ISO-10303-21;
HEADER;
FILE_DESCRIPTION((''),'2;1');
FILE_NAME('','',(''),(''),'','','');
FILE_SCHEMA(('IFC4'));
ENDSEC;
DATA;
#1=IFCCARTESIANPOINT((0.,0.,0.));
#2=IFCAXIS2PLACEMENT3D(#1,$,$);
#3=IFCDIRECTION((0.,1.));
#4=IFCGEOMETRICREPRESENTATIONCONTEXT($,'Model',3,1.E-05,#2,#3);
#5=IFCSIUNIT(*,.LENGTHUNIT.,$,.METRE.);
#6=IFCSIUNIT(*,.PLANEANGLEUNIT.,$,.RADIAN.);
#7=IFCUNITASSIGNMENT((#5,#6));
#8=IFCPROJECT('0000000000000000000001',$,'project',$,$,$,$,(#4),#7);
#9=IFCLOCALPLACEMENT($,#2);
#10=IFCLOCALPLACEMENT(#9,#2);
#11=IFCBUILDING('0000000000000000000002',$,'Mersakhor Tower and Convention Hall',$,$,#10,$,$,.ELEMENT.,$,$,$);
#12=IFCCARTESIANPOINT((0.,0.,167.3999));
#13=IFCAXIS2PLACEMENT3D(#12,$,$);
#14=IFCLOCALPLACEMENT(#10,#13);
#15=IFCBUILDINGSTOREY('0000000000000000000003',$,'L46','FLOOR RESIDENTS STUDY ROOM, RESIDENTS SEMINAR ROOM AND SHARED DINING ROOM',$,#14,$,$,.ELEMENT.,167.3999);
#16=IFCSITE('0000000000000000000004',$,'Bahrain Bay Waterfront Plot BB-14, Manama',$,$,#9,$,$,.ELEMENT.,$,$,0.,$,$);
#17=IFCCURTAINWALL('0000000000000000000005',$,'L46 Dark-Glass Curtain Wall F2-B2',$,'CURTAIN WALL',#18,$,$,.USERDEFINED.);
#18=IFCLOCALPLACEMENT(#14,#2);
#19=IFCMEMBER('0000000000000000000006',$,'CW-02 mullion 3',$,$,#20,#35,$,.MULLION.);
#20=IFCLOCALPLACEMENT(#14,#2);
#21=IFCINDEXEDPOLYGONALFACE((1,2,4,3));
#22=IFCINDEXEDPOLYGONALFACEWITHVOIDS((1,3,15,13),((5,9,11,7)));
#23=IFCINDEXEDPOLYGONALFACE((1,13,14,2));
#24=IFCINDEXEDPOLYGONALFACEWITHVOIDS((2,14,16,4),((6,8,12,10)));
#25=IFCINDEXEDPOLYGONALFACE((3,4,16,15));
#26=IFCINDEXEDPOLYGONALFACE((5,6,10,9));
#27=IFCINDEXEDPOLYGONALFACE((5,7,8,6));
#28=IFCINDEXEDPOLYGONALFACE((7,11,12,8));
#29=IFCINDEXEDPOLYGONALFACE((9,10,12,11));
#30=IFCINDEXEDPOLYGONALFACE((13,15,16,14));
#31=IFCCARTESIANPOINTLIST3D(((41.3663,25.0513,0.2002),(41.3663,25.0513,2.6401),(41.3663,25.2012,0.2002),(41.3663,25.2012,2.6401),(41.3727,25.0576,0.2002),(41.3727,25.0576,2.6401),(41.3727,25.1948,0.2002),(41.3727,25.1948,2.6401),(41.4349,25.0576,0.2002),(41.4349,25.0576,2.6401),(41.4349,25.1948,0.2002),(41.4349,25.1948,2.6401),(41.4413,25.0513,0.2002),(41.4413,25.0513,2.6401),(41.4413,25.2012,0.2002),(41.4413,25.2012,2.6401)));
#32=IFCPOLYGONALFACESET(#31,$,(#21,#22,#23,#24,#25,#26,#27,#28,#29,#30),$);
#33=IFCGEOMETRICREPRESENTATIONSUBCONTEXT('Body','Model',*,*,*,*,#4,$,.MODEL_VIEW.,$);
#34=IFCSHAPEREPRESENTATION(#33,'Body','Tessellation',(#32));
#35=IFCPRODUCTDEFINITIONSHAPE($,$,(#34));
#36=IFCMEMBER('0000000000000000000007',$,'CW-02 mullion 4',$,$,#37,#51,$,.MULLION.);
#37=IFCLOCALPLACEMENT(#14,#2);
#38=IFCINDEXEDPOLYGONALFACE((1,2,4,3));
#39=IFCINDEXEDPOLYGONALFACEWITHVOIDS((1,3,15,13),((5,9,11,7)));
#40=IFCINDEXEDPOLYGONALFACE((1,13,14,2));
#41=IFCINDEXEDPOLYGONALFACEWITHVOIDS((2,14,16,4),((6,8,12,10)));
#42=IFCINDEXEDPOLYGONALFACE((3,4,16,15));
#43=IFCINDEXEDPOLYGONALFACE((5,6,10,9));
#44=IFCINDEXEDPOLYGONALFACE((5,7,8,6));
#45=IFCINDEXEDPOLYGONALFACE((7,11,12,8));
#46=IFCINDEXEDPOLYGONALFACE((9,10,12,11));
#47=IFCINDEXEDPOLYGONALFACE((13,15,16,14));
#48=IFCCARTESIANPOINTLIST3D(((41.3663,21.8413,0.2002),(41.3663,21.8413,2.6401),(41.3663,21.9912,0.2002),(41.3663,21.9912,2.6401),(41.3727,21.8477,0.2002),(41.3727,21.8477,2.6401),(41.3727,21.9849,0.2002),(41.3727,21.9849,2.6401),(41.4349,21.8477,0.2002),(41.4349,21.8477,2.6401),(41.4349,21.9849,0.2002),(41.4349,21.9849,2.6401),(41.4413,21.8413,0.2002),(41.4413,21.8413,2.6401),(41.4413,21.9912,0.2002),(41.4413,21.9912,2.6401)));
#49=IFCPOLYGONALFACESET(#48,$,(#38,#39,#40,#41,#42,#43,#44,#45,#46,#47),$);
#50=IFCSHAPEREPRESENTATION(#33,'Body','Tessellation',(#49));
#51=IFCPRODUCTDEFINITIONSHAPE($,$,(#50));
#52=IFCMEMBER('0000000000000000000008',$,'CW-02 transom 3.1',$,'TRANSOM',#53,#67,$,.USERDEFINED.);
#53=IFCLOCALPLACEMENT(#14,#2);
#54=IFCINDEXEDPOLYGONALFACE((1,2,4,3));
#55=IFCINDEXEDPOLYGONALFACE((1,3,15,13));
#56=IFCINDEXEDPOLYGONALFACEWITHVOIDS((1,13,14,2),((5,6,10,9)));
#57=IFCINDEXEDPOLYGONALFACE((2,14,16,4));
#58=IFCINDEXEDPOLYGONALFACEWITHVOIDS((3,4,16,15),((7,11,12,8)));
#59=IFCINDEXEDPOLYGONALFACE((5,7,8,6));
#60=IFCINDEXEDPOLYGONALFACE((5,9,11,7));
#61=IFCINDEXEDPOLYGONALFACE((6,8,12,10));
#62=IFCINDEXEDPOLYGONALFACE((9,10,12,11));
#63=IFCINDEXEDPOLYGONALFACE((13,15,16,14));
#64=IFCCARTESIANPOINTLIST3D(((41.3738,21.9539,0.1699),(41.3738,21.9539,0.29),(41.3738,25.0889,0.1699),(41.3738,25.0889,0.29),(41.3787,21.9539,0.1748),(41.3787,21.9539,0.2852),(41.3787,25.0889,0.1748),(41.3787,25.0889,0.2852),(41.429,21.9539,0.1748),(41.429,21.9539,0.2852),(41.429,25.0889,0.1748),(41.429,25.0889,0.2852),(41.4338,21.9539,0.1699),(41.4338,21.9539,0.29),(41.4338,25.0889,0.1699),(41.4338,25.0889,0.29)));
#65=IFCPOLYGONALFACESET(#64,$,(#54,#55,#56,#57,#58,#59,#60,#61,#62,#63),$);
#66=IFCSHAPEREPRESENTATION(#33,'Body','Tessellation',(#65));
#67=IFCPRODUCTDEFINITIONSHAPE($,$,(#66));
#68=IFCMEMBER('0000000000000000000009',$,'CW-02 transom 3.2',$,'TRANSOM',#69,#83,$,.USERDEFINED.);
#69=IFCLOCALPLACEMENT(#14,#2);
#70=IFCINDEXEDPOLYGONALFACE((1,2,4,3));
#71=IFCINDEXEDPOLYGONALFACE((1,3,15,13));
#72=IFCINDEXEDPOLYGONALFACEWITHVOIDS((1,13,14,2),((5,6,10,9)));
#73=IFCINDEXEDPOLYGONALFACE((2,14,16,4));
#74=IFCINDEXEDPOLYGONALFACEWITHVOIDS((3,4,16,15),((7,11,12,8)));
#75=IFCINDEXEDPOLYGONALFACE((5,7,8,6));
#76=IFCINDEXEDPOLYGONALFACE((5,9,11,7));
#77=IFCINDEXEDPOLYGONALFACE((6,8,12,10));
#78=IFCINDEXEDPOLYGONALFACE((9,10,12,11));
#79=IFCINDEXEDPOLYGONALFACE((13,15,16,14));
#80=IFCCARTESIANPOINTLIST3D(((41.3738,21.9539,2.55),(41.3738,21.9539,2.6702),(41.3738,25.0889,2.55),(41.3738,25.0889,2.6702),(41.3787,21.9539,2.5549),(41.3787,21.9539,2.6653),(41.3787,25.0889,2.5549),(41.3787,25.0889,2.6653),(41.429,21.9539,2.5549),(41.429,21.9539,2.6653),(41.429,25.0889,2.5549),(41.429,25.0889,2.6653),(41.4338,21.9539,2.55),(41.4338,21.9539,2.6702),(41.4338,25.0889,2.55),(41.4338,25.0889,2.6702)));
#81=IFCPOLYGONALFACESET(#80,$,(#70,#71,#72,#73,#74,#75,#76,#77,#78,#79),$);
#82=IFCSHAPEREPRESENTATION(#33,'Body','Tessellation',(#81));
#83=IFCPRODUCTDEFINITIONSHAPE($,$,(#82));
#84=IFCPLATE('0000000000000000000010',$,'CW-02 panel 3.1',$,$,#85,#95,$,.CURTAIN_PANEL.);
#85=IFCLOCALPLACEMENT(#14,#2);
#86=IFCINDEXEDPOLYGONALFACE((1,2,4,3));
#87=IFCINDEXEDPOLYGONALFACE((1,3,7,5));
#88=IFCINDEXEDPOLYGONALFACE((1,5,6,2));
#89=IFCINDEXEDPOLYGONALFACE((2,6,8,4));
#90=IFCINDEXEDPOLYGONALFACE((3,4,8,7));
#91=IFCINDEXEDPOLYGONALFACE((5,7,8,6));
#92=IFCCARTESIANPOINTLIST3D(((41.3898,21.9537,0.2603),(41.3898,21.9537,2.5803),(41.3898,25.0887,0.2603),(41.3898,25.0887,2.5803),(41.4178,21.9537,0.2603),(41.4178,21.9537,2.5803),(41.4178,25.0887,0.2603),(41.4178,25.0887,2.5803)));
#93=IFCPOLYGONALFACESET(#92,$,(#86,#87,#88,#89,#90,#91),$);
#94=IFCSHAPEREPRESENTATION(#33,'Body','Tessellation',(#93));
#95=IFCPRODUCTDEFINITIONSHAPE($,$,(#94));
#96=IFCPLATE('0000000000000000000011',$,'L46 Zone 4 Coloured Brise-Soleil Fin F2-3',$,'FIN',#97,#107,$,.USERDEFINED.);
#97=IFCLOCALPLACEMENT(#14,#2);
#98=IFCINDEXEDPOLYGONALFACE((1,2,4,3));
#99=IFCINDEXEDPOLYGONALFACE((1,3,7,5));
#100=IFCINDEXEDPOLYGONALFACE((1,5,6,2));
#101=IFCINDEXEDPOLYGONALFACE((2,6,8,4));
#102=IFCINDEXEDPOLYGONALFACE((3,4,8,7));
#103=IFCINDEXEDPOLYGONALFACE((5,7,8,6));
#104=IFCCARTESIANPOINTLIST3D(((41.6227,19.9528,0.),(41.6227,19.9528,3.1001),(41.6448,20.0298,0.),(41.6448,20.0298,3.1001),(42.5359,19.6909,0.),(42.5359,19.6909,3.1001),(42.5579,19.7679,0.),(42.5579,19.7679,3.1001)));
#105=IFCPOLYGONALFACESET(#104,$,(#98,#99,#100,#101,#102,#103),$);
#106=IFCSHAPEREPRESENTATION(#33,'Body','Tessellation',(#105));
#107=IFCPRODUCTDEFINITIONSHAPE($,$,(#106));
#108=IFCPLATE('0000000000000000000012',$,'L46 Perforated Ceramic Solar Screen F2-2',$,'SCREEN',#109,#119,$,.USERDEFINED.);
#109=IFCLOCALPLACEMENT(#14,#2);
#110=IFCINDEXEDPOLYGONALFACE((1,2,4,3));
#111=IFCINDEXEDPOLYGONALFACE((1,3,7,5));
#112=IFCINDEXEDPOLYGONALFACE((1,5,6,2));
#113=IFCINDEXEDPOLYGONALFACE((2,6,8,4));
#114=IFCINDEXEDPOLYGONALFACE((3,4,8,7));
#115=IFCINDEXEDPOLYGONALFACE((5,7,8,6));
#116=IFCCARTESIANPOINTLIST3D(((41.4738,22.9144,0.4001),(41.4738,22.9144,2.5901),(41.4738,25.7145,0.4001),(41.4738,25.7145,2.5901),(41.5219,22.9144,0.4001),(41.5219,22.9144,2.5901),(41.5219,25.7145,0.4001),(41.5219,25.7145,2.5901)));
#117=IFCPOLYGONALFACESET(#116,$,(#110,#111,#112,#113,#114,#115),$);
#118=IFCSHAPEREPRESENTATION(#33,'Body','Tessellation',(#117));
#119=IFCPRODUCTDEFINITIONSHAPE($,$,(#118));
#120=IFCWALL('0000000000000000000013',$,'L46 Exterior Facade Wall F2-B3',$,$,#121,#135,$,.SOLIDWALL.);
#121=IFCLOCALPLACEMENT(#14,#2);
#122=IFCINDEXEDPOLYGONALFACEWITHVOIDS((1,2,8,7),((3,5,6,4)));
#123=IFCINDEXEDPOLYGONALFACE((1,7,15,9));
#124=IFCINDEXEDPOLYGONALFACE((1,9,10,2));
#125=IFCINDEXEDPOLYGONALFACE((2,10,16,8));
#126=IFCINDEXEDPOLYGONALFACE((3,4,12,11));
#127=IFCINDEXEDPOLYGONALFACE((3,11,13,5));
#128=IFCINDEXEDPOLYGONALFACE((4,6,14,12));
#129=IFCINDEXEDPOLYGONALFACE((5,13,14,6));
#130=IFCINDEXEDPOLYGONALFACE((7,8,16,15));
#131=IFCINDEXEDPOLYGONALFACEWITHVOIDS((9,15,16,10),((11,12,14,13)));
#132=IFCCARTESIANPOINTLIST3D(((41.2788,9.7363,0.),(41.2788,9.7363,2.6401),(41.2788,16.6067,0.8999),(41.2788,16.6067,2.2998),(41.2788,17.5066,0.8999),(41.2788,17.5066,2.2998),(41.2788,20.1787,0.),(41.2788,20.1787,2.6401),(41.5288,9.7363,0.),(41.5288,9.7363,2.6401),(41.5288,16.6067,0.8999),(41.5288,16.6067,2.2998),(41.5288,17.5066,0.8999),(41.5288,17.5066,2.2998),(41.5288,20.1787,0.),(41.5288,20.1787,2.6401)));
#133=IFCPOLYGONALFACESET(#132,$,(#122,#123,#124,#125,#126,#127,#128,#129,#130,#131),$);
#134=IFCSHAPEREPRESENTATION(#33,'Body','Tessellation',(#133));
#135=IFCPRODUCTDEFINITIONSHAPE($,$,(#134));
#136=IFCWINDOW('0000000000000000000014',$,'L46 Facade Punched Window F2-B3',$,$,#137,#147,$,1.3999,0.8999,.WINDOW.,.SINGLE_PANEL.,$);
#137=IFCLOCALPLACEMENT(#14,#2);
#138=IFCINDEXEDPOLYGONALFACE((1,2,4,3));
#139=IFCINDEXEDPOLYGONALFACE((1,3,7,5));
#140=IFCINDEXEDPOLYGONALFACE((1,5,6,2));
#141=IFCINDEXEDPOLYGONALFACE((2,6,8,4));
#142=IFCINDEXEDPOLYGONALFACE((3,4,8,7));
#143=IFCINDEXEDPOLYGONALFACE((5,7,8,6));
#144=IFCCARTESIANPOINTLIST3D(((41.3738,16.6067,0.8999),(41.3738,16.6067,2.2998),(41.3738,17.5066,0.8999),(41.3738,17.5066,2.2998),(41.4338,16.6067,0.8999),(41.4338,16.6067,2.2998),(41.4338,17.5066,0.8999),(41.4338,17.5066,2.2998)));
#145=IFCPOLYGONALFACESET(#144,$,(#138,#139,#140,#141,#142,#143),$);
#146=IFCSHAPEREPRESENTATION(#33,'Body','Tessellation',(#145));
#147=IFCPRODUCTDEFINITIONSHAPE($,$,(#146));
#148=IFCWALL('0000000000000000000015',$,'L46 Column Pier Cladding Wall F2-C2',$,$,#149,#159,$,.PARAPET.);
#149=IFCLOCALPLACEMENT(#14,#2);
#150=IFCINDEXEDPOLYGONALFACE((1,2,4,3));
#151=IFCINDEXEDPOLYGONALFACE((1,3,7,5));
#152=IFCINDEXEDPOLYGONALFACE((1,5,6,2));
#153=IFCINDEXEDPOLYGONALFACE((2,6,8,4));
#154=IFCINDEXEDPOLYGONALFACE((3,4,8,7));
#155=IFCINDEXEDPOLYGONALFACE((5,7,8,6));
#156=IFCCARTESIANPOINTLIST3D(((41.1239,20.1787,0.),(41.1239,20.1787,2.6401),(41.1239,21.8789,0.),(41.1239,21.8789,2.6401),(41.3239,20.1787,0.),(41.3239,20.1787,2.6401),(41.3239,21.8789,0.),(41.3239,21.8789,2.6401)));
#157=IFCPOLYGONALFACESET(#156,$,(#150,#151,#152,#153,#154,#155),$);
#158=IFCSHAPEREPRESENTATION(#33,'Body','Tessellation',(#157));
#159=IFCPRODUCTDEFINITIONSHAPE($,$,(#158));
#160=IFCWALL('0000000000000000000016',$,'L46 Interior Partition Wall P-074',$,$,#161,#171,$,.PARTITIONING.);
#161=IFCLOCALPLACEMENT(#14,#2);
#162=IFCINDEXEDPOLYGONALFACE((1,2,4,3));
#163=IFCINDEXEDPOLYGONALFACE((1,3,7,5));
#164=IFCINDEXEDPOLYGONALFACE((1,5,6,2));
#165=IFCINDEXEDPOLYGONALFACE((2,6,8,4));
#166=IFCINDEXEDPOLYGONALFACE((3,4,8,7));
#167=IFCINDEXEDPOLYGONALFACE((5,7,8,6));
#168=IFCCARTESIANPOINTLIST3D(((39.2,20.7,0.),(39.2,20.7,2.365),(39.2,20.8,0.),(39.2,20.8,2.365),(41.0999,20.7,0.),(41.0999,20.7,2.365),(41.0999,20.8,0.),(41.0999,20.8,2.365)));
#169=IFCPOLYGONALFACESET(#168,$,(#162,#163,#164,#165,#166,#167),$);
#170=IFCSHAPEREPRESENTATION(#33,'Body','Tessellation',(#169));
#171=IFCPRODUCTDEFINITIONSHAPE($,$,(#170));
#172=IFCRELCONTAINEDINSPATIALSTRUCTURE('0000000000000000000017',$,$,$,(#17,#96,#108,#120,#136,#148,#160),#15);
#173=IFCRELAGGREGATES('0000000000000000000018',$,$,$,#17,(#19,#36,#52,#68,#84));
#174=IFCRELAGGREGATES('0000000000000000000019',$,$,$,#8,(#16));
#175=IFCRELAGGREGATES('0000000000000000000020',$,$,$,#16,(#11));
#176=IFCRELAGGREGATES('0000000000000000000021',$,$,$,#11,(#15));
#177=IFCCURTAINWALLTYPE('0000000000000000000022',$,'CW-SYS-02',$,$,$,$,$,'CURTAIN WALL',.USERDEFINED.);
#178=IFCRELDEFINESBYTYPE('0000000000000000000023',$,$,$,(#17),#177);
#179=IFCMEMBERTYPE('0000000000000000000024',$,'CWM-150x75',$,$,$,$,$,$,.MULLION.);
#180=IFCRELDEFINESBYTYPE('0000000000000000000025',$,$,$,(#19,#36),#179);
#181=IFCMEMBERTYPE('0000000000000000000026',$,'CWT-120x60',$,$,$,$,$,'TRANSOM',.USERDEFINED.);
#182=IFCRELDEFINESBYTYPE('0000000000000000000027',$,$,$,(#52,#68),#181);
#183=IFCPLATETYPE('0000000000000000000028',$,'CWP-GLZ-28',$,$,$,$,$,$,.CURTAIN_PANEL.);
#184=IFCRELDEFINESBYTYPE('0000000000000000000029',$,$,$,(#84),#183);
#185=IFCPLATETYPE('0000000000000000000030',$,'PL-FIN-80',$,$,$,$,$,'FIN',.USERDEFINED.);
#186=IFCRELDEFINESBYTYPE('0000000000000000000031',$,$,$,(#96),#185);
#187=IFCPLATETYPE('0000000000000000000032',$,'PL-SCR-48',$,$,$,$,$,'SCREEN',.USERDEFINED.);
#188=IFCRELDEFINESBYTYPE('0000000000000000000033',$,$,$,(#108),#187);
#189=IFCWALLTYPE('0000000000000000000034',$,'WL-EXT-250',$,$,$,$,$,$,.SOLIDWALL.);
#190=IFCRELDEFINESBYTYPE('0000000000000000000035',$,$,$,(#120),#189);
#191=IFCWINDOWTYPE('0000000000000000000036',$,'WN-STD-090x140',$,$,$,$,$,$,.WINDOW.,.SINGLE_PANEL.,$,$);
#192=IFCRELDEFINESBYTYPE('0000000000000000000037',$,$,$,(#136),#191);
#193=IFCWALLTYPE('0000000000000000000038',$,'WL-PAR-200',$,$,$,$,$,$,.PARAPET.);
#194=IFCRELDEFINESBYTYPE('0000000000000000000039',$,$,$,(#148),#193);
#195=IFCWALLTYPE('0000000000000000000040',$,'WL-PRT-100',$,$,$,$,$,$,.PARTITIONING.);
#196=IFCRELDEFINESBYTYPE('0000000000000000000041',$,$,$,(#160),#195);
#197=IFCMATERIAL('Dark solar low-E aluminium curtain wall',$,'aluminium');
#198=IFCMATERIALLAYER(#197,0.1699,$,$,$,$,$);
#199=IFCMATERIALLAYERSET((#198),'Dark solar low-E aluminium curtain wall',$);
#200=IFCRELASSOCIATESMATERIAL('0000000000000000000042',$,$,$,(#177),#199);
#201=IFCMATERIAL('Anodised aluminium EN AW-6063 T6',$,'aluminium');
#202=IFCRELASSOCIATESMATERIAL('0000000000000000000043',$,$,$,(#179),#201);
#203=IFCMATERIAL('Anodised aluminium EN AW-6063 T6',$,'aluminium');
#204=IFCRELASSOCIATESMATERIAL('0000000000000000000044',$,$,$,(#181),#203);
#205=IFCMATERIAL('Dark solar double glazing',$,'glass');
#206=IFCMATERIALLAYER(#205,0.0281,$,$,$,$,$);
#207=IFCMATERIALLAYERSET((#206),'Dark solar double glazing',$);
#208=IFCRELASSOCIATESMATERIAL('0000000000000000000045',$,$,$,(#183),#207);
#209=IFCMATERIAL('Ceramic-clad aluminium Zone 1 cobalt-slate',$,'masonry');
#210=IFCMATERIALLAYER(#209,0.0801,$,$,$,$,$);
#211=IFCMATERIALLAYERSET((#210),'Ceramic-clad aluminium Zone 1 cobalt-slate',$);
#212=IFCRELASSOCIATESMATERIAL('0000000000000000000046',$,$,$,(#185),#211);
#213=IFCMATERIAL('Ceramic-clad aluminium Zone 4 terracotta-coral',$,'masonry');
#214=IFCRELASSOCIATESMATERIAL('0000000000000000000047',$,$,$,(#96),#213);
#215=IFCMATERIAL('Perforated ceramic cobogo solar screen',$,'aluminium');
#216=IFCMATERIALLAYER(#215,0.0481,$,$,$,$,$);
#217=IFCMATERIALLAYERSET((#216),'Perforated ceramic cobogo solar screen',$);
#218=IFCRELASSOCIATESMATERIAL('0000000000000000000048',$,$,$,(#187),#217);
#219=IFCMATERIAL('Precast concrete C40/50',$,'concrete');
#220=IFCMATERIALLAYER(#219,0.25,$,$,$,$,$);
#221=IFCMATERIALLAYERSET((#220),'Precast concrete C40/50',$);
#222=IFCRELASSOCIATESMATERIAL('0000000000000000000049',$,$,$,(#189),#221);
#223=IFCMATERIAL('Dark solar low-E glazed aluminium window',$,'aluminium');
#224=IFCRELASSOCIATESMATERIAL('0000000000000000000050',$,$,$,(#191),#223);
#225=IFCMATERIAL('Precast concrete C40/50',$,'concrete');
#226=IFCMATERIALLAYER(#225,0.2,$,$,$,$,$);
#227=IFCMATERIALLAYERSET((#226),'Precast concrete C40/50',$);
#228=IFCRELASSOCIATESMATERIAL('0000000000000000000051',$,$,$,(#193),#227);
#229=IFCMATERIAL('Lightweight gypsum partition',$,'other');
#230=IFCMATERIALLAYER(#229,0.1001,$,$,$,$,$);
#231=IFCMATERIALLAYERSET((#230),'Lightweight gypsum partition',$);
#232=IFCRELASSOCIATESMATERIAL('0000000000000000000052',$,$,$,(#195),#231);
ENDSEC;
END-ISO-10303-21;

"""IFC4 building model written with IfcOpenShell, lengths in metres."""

from ifc_helpers import new_model, si_unit, direction, frame, frame_2d, origin, origin_2d, place, context, subcontext, project, spatial, rectangle, hollow_rectangle, extrude, material, layer, layer_set, material_profile, profile_set, type_object, element, fill, aggregate, save


model = new_model("IFC4")

# Units and contexts
model_context = context("Model", 3, precision=1e-05, world=origin(), true_north=direction((0.0, 1.0)))
body_context = subcontext(model_context, "Body", "Model", "MODEL_VIEW")
ifc_project = project(units=[si_unit("LENGTHUNIT", "METRE"), si_unit("PLANEANGLEUNIT", "RADIAN")], contexts=[model_context])

# Site, building, storey
site_placement = place(None, origin())
site = spatial("IfcSite", under=ifc_project, at=site_placement, Name="Bahrain Bay Waterfront Plot BB-14, Manama", CompositionType="ELEMENT", RefElevation=0.0)
building_placement = place(site_placement, origin())
building = spatial("IfcBuilding", under=site, at=building_placement, Name="Mersakhor Tower and Convention Hall", CompositionType="ELEMENT")
storey_placement = place(building_placement, frame((0.0, 0.0, 167.3999)))
storey = spatial("IfcBuildingStorey", under=building, at=storey_placement, Name="L46", Description="FLOOR RESIDENTS STUDY ROOM, RESIDENTS SEMINAR ROOM AND SHARED DINING ROOM", CompositionType="ELEMENT", Elevation=167.3999)

# Curtain wall, members, plate
ifc_material_1 = material(Name="Dark solar low-E aluminium curtain wall", Category="aluminium")
ifc_layer_1 = layer(ifc_material_1, 0.1699)
ifc_layer_set_1 = layer_set([ifc_layer_1], Name="Dark solar low-E aluminium curtain wall")
curtain_wall_type = type_object("IfcCurtainWallType", Name="CW-SYS-02", ElementType="CURTAIN WALL", PredefinedType="USERDEFINED", material=ifc_layer_set_1)
curtain_wall_placement = place(storey_placement, origin())
curtain_wall = element("IfcCurtainWall", 1, at=curtain_wall_placement, inside=storey, type_object=curtain_wall_type, Name="L46 Dark-Glass Curtain Wall F2-B2", ObjectType="CURTAIN WALL", PredefinedType="USERDEFINED")
ifc_material_2 = material(Name="Anodised aluminium EN AW-6063 T6", Category="aluminium")
ifc_material_profile_1 = material_profile(ifc_material_2, hollow_rectangle(XDim=0.075, YDim=0.1499, WallThickness=0.0063, at=origin_2d()), Name="RHS 150x75x6.3")
ifc_profile_set_1 = profile_set([ifc_material_profile_1], Name="Anodised aluminium EN AW-6063 T6")
member_type_1 = type_object("IfcMemberType", Name="CWM-150x75", PredefinedType="MULLION", material=ifc_profile_set_1)
member_1_placement = place(storey_placement, frame((41.4038, 25.1262, 0.2002), z_axis=(0.0, 0.0, 1.0), x_axis=(1.0, 0.0, 0.0)))
member_1 = element("IfcMember", 2, at=member_1_placement, type_object=member_type_1, Name="CW-02 mullion 3", PredefinedType="MULLION", context=body_context, shape_type="SweptSolid", body=[
    extrude(hollow_rectangle(XDim=0.075, YDim=0.1499, WallThickness=0.0063, at=origin_2d()), origin(), (0.0, 0.0, 1.0), 2.4399),
])
member_2_placement = place(storey_placement, frame((41.4038, 21.9163, 0.2002), z_axis=(0.0, 0.0, 1.0), x_axis=(1.0, 0.0, 0.0)))
member_2 = element("IfcMember", 3, at=member_2_placement, type_object=member_type_1, Name="CW-02 mullion 4", PredefinedType="MULLION", context=body_context, shape_type="SweptSolid", body=[
    extrude(hollow_rectangle(XDim=0.075, YDim=0.1499, WallThickness=0.0063, at=origin_2d()), origin(), (0.0, 0.0, 1.0), 2.4399),
])
ifc_material_3 = material(Name="Anodised aluminium EN AW-6063 T6", Category="aluminium")
ifc_material_profile_2 = material_profile(ifc_material_3, hollow_rectangle(XDim=0.0601, YDim=0.1201, WallThickness=0.0049, at=origin_2d()), Name="RHS 120x60x5")
ifc_profile_set_2 = profile_set([ifc_material_profile_2], Name="Anodised aluminium EN AW-6063 T6")
member_type_2 = type_object("IfcMemberType", Name="CWT-120x60", ElementType="TRANSOM", PredefinedType="USERDEFINED", material=ifc_profile_set_2)
member_3_placement = place(storey_placement, frame((41.4038, 25.0889, 0.23), z_axis=(0.0, -1.0, 0.0), x_axis=(1.0, 0.0, 0.0)))
member_3 = element("IfcMember", 4, at=member_3_placement, type_object=member_type_2, Name="CW-02 transom 3.1", ObjectType="TRANSOM", PredefinedType="USERDEFINED", context=body_context, shape_type="SweptSolid", body=[
    extrude(hollow_rectangle(XDim=0.0601, YDim=0.1201, WallThickness=0.0049, at=origin_2d()), origin(), (0.0, 0.0, 1.0), 3.135),
])
member_4_placement = place(storey_placement, frame((41.4038, 25.0889, 2.6101), z_axis=(0.0, -1.0, 0.0), x_axis=(1.0, 0.0, 0.0)))
member_4 = element("IfcMember", 5, at=member_4_placement, type_object=member_type_2, Name="CW-02 transom 3.2", ObjectType="TRANSOM", PredefinedType="USERDEFINED", context=body_context, shape_type="SweptSolid", body=[
    extrude(hollow_rectangle(XDim=0.0601, YDim=0.1201, WallThickness=0.0049, at=origin_2d()), origin(), (0.0, 0.0, 1.0), 3.135),
])
ifc_material_4 = material(Name="Dark solar double glazing", Category="glass")
ifc_layer_2 = layer(ifc_material_4, 0.0281)
ifc_layer_set_2 = layer_set([ifc_layer_2], Name="Dark solar double glazing")
plate_type_1 = type_object("IfcPlateType", Name="CWP-GLZ-28", PredefinedType="CURTAIN_PANEL", material=ifc_layer_set_2)
plate_1_placement = place(storey_placement, frame((41.4038, 23.5212, 0.2603), z_axis=(0.0, 0.0, 1.0), x_axis=(0.0, -1.0, 0.0)))
plate_1 = element("IfcPlate", 6, at=plate_1_placement, type_object=plate_type_1, Name="CW-02 panel 3.1", PredefinedType="CURTAIN_PANEL", context=body_context, shape_type="SweptSolid", body=[
    extrude(rectangle(XDim=3.135, YDim=0.0281, at=origin_2d()), origin(), (0.0, 0.0, 1.0), 2.3201),
])
aggregate(curtain_wall, [member_1, member_2, member_3, member_4, plate_1])

# Plates
ifc_material_5 = material(Name="Ceramic-clad aluminium Zone 4 terracotta-coral", Category="masonry")
ifc_material_6 = material(Name="Ceramic-clad aluminium Zone 1 cobalt-slate", Category="masonry")
ifc_layer_3 = layer(ifc_material_6, 0.0801)
ifc_layer_set_3 = layer_set([ifc_layer_3], Name="Ceramic-clad aluminium Zone 1 cobalt-slate")
plate_type_2 = type_object("IfcPlateType", Name="PL-FIN-80", ElementType="FIN", PredefinedType="USERDEFINED", material=ifc_layer_set_3)
plate_2_placement = place(storey_placement, frame((42.0903, 19.8604, 0.0), z_axis=(0.0, 0.0, 1.0), x_axis=(0.961262, -0.275637, 0.0)))
element("IfcPlate", 7, at=plate_2_placement, inside=storey, type_object=plate_type_2, material=ifc_material_5, Name="L46 Zone 4 Coloured Brise-Soleil Fin F2-3", ObjectType="FIN", PredefinedType="USERDEFINED", context=body_context, shape_type="SweptSolid", body=[
    extrude(rectangle(XDim=0.95, YDim=0.0801, at=origin_2d()), origin(), (0.0, 0.0, 1.0), 3.1001),
])
ifc_material_7 = material(Name="Perforated ceramic cobogo solar screen", Category="aluminium")
ifc_layer_4 = layer(ifc_material_7, 0.0481)
ifc_layer_set_4 = layer_set([ifc_layer_4], Name="Perforated ceramic cobogo solar screen")
plate_type_3 = type_object("IfcPlateType", Name="PL-SCR-48", ElementType="SCREEN", PredefinedType="USERDEFINED", material=ifc_layer_set_4)
plate_3_placement = place(storey_placement, frame((41.4978, 24.3145, 0.4001), z_axis=(0.0, 0.0, 1.0), x_axis=(0.0, -1.0, 0.0)))
element("IfcPlate", 8, at=plate_3_placement, inside=storey, type_object=plate_type_3, Name="L46 Perforated Ceramic Solar Screen F2-2", ObjectType="SCREEN", PredefinedType="USERDEFINED", context=body_context, shape_type="SweptSolid", body=[
    extrude(rectangle(XDim=2.8, YDim=0.0481, at=origin_2d()), origin(), (0.0, 0.0, 1.0), 2.1899),
])

# Wall, opening, window
ifc_material_8 = material(Name="Precast concrete C40/50", Category="concrete")
ifc_layer_5 = layer(ifc_material_8, 0.25)
ifc_layer_set_5 = layer_set([ifc_layer_5], Name="Precast concrete C40/50")
wall_type_1 = type_object("IfcWallType", Name="WL-EXT-250", PredefinedType="SOLIDWALL", material=ifc_layer_set_5)
wall_1_placement = place(storey_placement, frame((41.4038, 20.1787, 0.0), z_axis=(0.0, 0.0, 1.0), x_axis=(0.0, -1.0, 0.0)))
wall_1 = element("IfcWall", 9, at=wall_1_placement, inside=storey, type_object=wall_type_1, Name="L46 Exterior Facade Wall F2-B3", PredefinedType="SOLIDWALL", context=body_context, shape_type="SweptSolid", body=[
    extrude(rectangle(XDim=10.4424, YDim=0.25, at=frame_2d((5.2212, 0.0))), origin(), (0.0, 0.0, 1.0), 2.6401),
])
opening_1_placement = place(wall_1_placement, frame((2.6721, 0.0, 0.8999)))
opening_1 = element("IfcOpeningElement", 10, at=opening_1_placement, cuts=wall_1, PredefinedType="OPENING", context=body_context, shape_type="SweptSolid", body=[
    extrude(rectangle(XDim=0.8999, YDim=1.3999, at=frame_2d((0.45, 0.7))), frame((0.0, 0.135, 0.0), z_axis=(0.0, -1.0, 0.0), x_axis=(1.0, 0.0, 0.0)), (0.0, 0.0, 1.0), 0.27),
])
ifc_material_9 = material(Name="Dark solar low-E glazed aluminium window", Category="aluminium")
window_type = type_object("IfcWindowType", Name="WN-STD-090x140", PartitioningType="SINGLE_PANEL", PredefinedType="WINDOW", material=ifc_material_9)
window_placement = place(opening_1_placement, origin())
window = element("IfcWindow", 11, at=window_placement, inside=storey, type_object=window_type, Name="L46 Facade Punched Window F2-B3", OverallHeight=1.3999, OverallWidth=0.8999, PartitioningType="SINGLE_PANEL", PredefinedType="WINDOW", context=body_context, shape_type="SweptSolid", body=[
    extrude(rectangle(XDim=0.8999, YDim=1.3999, at=frame_2d((0.45, 0.7))), frame((0.0, 0.03, 0.0), z_axis=(0.0, -1.0, 0.0), x_axis=(1.0, 0.0, 0.0)), (0.0, 0.0, 1.0), 0.0601),
])
fill(opening_1, window)

# Walls
ifc_material_10 = material(Name="Precast concrete C40/50", Category="concrete")
ifc_layer_6 = layer(ifc_material_10, 0.2)
ifc_layer_set_6 = layer_set([ifc_layer_6], Name="Precast concrete C40/50")
wall_type_2 = type_object("IfcWallType", Name="WL-PAR-200", PredefinedType="PARAPET", material=ifc_layer_set_6)
wall_2_placement = place(storey_placement, frame((41.2239, 21.8789, 0.0), z_axis=(0.0, 0.0, 1.0), x_axis=(0.0, -1.0, 0.0)))
element("IfcWall", 12, at=wall_2_placement, inside=storey, type_object=wall_type_2, Name="L46 Column Pier Cladding Wall F2-C2", PredefinedType="PARAPET", context=body_context, shape_type="SweptSolid", body=[
    extrude(rectangle(XDim=1.7002, YDim=0.2, at=frame_2d((0.8501, 0.0))), origin(), (0.0, 0.0, 1.0), 2.6401),
])
ifc_material_11 = material(Name="Lightweight gypsum partition", Category="other")
ifc_layer_7 = layer(ifc_material_11, 0.1001)
ifc_layer_set_7 = layer_set([ifc_layer_7], Name="Lightweight gypsum partition")
wall_type_3 = type_object("IfcWallType", Name="WL-PRT-100", PredefinedType="PARTITIONING", material=ifc_layer_set_7)
wall_3_placement = place(storey_placement, frame((41.0999, 20.75, 0.0), z_axis=(0.0, 0.0, 1.0), x_axis=(-1.0, 0.0, 0.0)))
element("IfcWall", 13, at=wall_3_placement, inside=storey, type_object=wall_type_3, Name="L46 Interior Partition Wall P-074", PredefinedType="PARTITIONING", context=body_context, shape_type="SweptSolid", body=[
    extrude(rectangle(XDim=1.8999, YDim=0.1001, at=frame_2d((0.95, 0.0))), origin(), (0.0, 0.0, 1.0), 2.365),
])

save(model, "model.ifc")
